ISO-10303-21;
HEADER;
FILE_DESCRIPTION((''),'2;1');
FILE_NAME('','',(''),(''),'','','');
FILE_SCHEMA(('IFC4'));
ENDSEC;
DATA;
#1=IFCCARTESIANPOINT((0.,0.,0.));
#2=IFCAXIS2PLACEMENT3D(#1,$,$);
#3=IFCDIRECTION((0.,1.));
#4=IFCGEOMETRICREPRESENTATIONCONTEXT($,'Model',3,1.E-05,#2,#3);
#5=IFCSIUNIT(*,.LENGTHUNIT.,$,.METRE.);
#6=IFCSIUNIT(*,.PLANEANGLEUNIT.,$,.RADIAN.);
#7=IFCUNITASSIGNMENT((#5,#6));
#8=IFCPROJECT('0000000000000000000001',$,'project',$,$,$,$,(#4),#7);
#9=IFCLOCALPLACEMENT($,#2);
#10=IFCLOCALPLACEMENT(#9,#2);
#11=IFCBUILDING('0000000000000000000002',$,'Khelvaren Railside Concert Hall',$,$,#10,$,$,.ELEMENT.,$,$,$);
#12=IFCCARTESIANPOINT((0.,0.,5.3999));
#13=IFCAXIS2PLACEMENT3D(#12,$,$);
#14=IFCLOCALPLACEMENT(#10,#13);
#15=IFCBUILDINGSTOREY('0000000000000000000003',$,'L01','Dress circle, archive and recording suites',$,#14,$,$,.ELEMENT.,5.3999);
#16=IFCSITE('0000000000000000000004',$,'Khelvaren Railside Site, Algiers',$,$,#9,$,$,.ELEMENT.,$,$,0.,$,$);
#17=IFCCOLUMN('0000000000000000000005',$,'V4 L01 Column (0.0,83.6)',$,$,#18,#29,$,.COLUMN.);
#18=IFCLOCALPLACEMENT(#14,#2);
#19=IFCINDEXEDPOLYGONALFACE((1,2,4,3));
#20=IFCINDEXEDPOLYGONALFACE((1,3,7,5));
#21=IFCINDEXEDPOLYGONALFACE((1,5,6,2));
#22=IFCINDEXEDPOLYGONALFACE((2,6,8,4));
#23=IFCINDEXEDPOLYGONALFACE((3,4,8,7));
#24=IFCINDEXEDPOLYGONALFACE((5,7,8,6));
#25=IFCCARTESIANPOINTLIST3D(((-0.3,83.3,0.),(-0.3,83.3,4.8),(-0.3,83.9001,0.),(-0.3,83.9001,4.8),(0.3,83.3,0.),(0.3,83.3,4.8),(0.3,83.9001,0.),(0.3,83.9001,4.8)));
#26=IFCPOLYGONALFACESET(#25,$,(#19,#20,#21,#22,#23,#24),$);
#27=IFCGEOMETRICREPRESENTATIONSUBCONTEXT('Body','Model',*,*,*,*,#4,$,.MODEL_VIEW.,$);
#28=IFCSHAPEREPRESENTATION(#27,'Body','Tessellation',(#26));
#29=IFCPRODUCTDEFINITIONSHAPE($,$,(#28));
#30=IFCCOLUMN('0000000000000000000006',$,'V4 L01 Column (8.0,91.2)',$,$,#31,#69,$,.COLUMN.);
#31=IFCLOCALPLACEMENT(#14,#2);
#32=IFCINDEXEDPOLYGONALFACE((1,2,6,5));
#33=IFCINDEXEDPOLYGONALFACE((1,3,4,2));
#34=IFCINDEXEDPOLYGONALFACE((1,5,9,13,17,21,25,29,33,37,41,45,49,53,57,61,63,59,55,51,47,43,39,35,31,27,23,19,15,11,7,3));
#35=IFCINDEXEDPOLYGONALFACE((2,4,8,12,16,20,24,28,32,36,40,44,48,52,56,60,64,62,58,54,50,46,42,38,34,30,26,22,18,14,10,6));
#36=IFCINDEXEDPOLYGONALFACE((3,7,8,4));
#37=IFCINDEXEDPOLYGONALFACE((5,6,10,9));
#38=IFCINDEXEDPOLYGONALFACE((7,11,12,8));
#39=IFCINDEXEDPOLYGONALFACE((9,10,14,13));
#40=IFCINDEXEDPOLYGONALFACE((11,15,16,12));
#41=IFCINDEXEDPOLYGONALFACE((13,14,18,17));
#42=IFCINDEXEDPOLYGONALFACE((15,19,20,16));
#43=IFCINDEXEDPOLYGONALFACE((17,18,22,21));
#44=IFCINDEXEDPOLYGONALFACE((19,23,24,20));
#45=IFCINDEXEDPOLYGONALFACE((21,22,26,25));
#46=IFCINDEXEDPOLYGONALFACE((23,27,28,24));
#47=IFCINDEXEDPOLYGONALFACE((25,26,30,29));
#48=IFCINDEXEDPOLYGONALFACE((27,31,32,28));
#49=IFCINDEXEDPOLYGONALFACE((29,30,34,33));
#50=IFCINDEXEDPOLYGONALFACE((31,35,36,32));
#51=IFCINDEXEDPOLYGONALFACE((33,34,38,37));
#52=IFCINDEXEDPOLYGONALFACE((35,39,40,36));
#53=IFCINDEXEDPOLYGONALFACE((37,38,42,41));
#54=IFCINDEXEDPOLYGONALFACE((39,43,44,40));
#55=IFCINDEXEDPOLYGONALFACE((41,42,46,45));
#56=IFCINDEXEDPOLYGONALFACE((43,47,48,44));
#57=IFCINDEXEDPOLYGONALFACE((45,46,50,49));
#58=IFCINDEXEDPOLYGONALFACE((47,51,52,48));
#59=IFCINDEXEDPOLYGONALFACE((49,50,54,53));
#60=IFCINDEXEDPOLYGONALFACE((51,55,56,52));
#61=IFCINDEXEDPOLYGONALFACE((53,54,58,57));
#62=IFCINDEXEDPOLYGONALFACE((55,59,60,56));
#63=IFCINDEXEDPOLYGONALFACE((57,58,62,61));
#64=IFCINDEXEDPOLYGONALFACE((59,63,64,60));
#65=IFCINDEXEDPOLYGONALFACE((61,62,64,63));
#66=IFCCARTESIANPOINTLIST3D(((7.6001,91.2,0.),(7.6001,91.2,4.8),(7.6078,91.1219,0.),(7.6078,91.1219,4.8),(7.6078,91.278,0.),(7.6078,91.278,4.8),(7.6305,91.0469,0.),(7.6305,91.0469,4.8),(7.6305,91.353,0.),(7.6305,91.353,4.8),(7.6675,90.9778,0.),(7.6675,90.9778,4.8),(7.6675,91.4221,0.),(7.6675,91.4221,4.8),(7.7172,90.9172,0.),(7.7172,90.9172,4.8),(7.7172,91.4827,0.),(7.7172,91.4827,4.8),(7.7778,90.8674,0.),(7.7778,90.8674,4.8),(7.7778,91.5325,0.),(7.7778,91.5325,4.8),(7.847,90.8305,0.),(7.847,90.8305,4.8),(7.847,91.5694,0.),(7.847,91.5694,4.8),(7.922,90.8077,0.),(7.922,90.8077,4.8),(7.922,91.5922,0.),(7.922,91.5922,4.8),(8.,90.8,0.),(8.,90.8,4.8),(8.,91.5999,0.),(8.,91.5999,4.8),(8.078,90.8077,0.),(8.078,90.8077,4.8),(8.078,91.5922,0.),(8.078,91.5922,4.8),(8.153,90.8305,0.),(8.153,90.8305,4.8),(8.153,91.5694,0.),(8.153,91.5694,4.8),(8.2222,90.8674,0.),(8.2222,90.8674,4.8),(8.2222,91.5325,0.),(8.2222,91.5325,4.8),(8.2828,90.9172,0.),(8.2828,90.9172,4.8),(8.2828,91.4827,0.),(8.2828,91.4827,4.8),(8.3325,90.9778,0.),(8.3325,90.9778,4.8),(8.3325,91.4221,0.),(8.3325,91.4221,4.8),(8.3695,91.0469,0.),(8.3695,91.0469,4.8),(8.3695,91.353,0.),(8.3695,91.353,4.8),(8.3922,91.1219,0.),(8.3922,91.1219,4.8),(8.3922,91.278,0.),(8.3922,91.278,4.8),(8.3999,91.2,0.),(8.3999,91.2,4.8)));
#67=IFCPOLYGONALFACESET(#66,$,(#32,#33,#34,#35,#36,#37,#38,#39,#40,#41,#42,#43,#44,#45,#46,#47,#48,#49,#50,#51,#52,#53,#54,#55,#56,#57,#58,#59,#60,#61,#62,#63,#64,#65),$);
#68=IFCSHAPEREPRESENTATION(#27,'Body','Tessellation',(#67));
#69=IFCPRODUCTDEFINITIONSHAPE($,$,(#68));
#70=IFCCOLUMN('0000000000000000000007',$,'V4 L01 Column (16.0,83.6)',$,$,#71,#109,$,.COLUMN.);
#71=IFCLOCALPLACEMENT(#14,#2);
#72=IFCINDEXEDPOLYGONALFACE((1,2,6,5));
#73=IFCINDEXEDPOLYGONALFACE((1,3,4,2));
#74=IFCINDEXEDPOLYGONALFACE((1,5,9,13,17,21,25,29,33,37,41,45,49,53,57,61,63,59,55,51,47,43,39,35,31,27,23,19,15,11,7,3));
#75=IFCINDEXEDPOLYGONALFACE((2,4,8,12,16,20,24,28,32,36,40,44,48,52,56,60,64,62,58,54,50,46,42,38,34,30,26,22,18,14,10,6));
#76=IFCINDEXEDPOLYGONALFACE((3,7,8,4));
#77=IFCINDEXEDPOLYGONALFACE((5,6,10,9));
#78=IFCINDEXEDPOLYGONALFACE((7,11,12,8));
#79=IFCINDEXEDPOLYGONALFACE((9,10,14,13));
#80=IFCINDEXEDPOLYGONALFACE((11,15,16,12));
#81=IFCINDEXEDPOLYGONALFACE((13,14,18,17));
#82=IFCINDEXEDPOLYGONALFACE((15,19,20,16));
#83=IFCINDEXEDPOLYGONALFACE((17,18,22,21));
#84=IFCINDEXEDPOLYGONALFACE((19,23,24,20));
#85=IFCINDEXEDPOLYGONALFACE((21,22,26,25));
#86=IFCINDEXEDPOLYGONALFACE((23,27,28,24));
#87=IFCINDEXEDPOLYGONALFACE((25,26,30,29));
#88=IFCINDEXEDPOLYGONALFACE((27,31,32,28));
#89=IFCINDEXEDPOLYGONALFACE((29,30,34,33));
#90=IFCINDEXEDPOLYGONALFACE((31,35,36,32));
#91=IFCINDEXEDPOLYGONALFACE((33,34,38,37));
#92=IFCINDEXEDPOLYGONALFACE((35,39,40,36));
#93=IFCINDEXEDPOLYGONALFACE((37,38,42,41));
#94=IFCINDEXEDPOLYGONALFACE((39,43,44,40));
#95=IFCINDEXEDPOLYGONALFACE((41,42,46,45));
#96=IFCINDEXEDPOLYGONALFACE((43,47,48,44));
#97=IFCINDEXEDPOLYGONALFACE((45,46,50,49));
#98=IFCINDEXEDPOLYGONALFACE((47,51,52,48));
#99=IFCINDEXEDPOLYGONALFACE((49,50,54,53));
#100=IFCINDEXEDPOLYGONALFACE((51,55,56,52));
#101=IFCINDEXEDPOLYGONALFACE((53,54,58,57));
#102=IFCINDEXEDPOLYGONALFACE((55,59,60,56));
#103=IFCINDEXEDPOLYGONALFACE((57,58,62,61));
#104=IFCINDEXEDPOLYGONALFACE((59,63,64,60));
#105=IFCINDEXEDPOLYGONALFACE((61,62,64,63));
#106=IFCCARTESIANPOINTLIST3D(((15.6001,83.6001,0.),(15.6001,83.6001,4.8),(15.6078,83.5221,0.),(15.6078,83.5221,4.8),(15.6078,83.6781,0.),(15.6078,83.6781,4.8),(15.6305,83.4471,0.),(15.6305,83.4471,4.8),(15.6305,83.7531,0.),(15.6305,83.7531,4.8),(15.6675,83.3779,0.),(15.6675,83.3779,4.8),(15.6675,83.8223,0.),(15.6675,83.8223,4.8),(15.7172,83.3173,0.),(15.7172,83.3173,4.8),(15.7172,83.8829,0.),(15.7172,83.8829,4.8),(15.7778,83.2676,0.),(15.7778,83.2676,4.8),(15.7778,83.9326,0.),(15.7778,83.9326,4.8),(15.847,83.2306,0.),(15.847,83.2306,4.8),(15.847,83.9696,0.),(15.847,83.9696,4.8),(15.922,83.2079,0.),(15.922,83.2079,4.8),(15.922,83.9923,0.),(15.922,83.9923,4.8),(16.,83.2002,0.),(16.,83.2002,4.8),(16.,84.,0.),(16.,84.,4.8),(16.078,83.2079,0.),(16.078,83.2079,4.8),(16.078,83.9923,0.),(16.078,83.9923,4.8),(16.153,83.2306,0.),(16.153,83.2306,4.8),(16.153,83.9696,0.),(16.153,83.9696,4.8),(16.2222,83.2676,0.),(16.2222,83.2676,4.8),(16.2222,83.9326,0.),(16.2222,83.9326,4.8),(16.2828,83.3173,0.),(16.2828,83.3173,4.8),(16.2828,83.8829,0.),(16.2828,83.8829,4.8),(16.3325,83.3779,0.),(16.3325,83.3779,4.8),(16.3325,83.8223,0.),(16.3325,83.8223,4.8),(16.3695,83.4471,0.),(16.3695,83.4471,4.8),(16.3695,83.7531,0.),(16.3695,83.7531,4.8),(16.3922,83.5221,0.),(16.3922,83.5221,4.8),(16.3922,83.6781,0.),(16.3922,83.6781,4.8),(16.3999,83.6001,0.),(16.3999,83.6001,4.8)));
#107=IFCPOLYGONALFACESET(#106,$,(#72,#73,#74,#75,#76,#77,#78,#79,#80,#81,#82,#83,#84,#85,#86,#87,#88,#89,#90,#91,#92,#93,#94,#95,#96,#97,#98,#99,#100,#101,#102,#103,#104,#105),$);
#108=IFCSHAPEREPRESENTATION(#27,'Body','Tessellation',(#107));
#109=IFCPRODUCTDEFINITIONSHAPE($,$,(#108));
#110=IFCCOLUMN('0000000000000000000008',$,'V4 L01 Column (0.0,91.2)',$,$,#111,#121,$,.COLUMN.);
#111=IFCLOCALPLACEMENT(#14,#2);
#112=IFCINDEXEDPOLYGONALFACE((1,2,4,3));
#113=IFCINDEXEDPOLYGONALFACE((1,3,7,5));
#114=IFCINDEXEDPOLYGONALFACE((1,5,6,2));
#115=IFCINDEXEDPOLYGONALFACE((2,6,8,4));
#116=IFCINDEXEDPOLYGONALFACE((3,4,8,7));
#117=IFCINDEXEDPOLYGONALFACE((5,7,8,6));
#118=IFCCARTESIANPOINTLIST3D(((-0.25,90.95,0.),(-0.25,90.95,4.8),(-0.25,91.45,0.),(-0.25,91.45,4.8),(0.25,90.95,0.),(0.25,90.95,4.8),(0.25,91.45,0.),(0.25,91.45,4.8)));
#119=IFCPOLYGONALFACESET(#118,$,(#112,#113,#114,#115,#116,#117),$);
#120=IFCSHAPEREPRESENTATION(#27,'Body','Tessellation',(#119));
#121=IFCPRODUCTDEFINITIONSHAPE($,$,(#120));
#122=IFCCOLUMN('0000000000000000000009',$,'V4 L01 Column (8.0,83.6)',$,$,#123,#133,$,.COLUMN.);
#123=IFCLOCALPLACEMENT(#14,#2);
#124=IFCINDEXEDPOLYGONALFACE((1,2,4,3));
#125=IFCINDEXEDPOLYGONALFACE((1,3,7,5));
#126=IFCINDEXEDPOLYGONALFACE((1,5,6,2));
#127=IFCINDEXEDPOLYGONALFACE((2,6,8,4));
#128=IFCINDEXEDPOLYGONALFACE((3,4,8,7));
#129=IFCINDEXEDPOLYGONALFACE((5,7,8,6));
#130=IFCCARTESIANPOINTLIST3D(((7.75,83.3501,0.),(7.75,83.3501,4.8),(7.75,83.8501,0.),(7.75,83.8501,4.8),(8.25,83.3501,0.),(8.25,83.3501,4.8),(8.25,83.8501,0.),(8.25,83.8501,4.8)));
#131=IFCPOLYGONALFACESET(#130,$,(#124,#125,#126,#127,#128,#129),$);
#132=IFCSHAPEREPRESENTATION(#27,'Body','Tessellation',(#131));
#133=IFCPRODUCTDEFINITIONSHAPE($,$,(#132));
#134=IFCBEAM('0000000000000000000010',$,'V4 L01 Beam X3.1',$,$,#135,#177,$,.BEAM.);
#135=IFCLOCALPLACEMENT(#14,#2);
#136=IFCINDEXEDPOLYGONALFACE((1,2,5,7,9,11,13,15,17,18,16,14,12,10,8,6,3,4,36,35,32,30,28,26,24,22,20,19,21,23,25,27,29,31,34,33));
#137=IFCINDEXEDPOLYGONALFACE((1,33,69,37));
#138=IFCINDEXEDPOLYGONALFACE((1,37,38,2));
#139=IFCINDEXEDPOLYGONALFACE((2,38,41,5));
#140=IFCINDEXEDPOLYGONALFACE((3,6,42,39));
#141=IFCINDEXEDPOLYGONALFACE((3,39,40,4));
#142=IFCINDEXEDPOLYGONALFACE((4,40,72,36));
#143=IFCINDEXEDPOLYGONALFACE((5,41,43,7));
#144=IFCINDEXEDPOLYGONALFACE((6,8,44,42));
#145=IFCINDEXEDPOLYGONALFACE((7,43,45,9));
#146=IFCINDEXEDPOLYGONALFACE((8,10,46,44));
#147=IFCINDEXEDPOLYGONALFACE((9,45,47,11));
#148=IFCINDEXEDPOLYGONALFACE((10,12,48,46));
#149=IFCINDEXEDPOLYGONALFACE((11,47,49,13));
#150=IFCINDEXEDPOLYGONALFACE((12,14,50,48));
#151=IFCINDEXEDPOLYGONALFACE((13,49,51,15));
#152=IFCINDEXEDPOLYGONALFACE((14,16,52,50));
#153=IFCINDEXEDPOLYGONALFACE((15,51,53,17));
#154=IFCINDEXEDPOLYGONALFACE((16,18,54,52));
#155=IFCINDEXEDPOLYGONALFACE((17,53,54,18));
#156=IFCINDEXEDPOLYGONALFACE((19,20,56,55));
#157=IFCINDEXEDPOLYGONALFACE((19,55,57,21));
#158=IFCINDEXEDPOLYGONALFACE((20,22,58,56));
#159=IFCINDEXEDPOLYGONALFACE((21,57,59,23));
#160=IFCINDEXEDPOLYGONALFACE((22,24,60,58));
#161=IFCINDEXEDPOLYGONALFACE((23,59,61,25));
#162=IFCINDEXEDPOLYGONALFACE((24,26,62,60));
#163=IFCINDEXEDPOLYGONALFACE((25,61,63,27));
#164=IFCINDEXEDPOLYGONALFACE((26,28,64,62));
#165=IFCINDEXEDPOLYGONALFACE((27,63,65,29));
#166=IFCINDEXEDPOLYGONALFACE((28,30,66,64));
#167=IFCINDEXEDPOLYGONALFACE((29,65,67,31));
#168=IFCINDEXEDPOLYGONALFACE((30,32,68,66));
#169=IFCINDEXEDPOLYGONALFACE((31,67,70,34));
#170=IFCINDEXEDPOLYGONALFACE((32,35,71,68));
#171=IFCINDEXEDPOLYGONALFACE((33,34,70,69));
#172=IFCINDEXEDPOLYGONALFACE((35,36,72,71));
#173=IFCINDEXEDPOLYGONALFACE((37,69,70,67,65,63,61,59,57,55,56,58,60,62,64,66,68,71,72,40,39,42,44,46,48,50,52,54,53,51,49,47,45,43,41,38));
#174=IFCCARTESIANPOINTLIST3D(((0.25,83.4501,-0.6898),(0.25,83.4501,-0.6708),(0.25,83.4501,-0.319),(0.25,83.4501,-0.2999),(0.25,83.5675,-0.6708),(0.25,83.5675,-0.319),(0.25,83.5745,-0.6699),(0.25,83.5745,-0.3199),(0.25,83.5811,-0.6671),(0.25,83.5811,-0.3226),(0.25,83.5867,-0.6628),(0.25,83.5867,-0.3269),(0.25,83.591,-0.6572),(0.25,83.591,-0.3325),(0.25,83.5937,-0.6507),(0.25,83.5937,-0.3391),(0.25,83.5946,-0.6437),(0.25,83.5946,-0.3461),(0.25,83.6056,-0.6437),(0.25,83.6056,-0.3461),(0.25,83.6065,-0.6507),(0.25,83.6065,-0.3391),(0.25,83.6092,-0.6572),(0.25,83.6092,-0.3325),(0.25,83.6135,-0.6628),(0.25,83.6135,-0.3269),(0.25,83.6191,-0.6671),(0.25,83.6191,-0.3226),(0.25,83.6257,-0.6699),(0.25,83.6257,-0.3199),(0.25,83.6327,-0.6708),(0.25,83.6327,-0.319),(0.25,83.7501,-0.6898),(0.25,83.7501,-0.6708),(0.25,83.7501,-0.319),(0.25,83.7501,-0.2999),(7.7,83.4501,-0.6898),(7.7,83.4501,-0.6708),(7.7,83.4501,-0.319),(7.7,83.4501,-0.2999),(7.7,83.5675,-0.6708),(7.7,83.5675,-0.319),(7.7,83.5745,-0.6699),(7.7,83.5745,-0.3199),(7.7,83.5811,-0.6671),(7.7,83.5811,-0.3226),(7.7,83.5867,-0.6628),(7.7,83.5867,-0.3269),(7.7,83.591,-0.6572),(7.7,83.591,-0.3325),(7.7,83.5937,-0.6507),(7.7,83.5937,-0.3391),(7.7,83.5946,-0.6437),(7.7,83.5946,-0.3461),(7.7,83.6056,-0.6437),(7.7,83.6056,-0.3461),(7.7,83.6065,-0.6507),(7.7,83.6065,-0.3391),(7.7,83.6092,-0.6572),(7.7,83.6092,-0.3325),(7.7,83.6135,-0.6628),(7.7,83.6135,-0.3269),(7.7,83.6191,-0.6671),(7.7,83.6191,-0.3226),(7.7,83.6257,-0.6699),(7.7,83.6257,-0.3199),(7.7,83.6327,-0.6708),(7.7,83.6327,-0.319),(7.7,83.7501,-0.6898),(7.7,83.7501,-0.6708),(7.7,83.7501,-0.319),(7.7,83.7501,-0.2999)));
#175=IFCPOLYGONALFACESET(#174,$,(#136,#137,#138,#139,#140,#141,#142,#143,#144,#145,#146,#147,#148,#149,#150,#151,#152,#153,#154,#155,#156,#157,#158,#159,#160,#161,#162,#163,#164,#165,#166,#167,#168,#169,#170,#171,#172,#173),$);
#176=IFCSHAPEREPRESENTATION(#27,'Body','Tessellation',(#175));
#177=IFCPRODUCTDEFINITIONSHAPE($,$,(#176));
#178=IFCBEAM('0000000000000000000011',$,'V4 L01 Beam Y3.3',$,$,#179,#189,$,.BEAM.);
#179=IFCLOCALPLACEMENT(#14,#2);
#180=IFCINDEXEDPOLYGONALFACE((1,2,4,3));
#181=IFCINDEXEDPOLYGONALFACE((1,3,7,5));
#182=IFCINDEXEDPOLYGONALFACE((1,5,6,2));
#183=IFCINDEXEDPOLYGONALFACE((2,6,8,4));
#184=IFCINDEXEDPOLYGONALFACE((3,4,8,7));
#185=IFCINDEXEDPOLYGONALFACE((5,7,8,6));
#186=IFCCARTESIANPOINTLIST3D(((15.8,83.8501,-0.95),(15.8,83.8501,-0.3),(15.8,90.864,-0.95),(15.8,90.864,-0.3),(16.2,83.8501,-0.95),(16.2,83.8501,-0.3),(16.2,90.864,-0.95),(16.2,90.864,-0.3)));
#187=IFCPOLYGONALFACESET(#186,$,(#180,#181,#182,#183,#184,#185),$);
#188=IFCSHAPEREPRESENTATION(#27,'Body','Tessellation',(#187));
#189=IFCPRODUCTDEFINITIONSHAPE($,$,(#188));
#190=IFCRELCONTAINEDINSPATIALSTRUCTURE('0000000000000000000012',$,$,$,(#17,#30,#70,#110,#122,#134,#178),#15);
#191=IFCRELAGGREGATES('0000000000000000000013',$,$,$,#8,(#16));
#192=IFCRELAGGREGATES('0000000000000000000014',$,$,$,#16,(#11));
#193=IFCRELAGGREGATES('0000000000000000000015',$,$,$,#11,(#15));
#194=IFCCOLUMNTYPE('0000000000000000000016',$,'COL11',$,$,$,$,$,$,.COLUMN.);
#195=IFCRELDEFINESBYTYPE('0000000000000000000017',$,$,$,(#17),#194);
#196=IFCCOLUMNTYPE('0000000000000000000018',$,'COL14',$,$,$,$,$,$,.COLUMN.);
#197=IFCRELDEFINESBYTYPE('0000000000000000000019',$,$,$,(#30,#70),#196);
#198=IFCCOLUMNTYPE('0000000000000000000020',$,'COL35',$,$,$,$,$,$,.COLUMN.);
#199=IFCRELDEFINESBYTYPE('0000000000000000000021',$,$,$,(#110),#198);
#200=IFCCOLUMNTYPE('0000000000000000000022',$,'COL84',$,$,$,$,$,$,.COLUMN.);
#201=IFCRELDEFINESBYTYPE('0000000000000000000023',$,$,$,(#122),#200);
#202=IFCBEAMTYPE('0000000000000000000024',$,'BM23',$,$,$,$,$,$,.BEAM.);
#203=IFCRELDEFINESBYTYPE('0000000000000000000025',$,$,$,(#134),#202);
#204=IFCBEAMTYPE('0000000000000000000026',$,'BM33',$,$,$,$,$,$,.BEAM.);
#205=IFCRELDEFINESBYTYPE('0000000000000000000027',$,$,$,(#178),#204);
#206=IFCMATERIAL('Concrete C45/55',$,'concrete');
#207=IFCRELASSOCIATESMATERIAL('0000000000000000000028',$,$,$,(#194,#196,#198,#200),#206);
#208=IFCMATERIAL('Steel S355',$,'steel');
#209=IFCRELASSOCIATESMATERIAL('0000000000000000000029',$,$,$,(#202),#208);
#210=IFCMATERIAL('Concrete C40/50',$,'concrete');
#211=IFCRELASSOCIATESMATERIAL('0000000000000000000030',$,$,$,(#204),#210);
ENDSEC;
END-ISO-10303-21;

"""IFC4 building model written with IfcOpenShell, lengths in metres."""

from ifc_helpers import new_model, si_unit, direction, frame, origin, origin_2d, place, context, subcontext, project, spatial, rectangle, circle, i_section, extrude, material, material_profile, profile_set, type_object, element, save


model = new_model("IFC4")

# Units and contexts
model_context = context("Model", 3, precision=1e-05, world=origin(), true_north=direction((0.0, 1.0)))
body_context = subcontext(model_context, "Body", "Model", "MODEL_VIEW")
ifc_project = project(units=[si_unit("LENGTHUNIT", "METRE"), si_unit("PLANEANGLEUNIT", "RADIAN")], contexts=[model_context])

# Site, building, storey
site_placement = place(None, origin())
site = spatial("IfcSite", under=ifc_project, at=site_placement, Name="Khelvaren Railside Site, Algiers", CompositionType="ELEMENT", RefElevation=0.0)
building_placement = place(site_placement, origin())
building = spatial("IfcBuilding", under=site, at=building_placement, Name="Khelvaren Railside Concert Hall", CompositionType="ELEMENT")
storey_placement = place(building_placement, frame((0.0, 0.0, 5.3999)))
storey = spatial("IfcBuildingStorey", under=building, at=storey_placement, Name="L01", Description="Dress circle, archive and recording suites", CompositionType="ELEMENT", Elevation=5.3999)

# Columns
ifc_material_1 = material(Name="Concrete C45/55", Category="concrete")
ifc_material_profile_1 = material_profile(ifc_material_1, rectangle(XDim=0.6001, YDim=0.6001, at=origin_2d()), Name="RC 600x600")
ifc_profile_set_1 = profile_set([ifc_material_profile_1], Name="Concrete C45/55")
column_type_1 = type_object("IfcColumnType", Name="COL11", PredefinedType="COLUMN", material=ifc_profile_set_1)
column_1_placement = place(storey_placement, frame((0.0, 83.6001, 0.0), z_axis=(0.0, 0.0, 1.0), x_axis=(1.0, 0.0, 0.0)))
element("IfcColumn", 1, at=column_1_placement, inside=storey, type_object=column_type_1, Name="V4 L01 Column (0.0,83.6)", PredefinedType="COLUMN", context=body_context, shape_type="SweptSolid", body=[
    extrude(rectangle(XDim=0.6001, YDim=0.6001, at=origin_2d()), origin(), (0.0, 0.0, 1.0), 4.8),
])
ifc_material_profile_2 = material_profile(ifc_material_1, circle(Radius=0.3999, at=origin_2d()), Name="RC D800")
ifc_profile_set_2 = profile_set([ifc_material_profile_2], Name="Concrete C45/55")
column_type_2 = type_object("IfcColumnType", Name="COL14", PredefinedType="COLUMN", material=ifc_profile_set_2)
for number, where, z_axis, x_axis, name in (
    (2, (8.0, 91.2, 0.0), (0.0, 0.0, 1.0), (1.0, 0.0, 0.0), "V4 L01 Column (8.0,91.2)"),
    (3, (16.0, 83.6001, 0.0), (0.0, 0.0, 1.0), (1.0, 0.0, 0.0), "V4 L01 Column (16.0,83.6)"),
):
    element("IfcColumn", number, at=place(storey_placement, frame(where, z_axis=z_axis, x_axis=x_axis)), inside=storey, type_object=column_type_2, Name=name, PredefinedType="COLUMN", context=body_context, shape_type="SweptSolid", body=[
        extrude(circle(Radius=0.3999, at=origin_2d()), origin(), (0.0, 0.0, 1.0), 4.8),
    ])
ifc_material_profile_3 = material_profile(ifc_material_1, rectangle(XDim=0.5, YDim=0.5, at=origin_2d()), Name="RC 500x500")
ifc_profile_set_3 = profile_set([ifc_material_profile_3], Name="Concrete C45/55")
column_type_3 = type_object("IfcColumnType", Name="COL35", PredefinedType="COLUMN", material=ifc_profile_set_3)
column_2_placement = place(storey_placement, frame((0.0, 91.2, 0.0), z_axis=(0.0, 0.0, 1.0), x_axis=(1.0, 0.0, 0.0)))
element("IfcColumn", 4, at=column_2_placement, inside=storey, type_object=column_type_3, Name="V4 L01 Column (0.0,91.2)", PredefinedType="COLUMN", context=body_context, shape_type="SweptSolid", body=[
    extrude(rectangle(XDim=0.5, YDim=0.5, at=origin_2d()), origin(), (0.0, 0.0, 1.0), 4.8),
])
ifc_material_profile_4 = material_profile(ifc_material_1, rectangle(XDim=0.5, YDim=0.5, at=origin_2d()), Name="RC 500x500")
ifc_profile_set_4 = profile_set([ifc_material_profile_4], Name="Concrete C45/55")
column_type_4 = type_object("IfcColumnType", Name="COL84", PredefinedType="COLUMN", material=ifc_profile_set_4)
column_3_placement = place(storey_placement, frame((8.0, 83.6001, 0.0), z_axis=(0.0, 0.0, 1.0), x_axis=(1.0, 0.0, 0.0)))
element("IfcColumn", 5, at=column_3_placement, inside=storey, type_object=column_type_4, Name="V4 L01 Column (8.0,83.6)", PredefinedType="COLUMN", context=body_context, shape_type="SweptSolid", body=[
    extrude(rectangle(XDim=0.5, YDim=0.5, at=origin_2d()), origin(), (0.0, 0.0, 1.0), 4.8),
])

# Beams
ifc_material_2 = material(Name="Steel S355", Category="steel")
ifc_material_profile_5 = material_profile(ifc_material_2, i_section(OverallWidth=0.3, OverallDepth=0.3899, WebThickness=0.011, FlangeThickness=0.019, FilletRadius=0.0271, at=origin_2d()), Name="HEA 400")
ifc_profile_set_5 = profile_set([ifc_material_profile_5], Name="Steel S355")
beam_type_1 = type_object("IfcBeamType", Name="BM23", PredefinedType="BEAM", material=ifc_profile_set_5)
beam_1_placement = place(storey_placement, frame((0.25, 83.6001, -0.4949), z_axis=(1.0, 0.0, 0.0), x_axis=(0.0, 1.0, 0.0)))
element("IfcBeam", 6, at=beam_1_placement, inside=storey, type_object=beam_type_1, Name="V4 L01 Beam X3.1", PredefinedType="BEAM", context=body_context, shape_type="SweptSolid", body=[
    extrude(i_section(OverallWidth=0.3, OverallDepth=0.3899, WebThickness=0.011, FlangeThickness=0.019, FilletRadius=0.0271, at=origin_2d()), origin(), (0.0, 0.0, 1.0), 7.45),
])
ifc_material_3 = material(Name="Concrete C40/50", Category="concrete")
ifc_material_profile_6 = material_profile(ifc_material_3, rectangle(XDim=0.3999, YDim=0.6499, at=origin_2d()), Name="RCB 400x650")
ifc_profile_set_6 = profile_set([ifc_material_profile_6], Name="Concrete C40/50")
beam_type_2 = type_object("IfcBeamType", Name="BM33", PredefinedType="BEAM", material=ifc_profile_set_6)
beam_2_placement = place(storey_placement, frame((16.0, 83.8501, -0.625), z_axis=(0.0, 1.0, 0.0), x_axis=(-1.0, 0.0, 0.0)))
element("IfcBeam", 7, at=beam_2_placement, inside=storey, type_object=beam_type_2, Name="V4 L01 Beam Y3.3", PredefinedType="BEAM", context=body_context, shape_type="SweptSolid", body=[
    extrude(rectangle(XDim=0.3999, YDim=0.6499, at=origin_2d()), origin(), (0.0, 0.0, 1.0), 7.0139),
])

save(model, "model.ifc")
